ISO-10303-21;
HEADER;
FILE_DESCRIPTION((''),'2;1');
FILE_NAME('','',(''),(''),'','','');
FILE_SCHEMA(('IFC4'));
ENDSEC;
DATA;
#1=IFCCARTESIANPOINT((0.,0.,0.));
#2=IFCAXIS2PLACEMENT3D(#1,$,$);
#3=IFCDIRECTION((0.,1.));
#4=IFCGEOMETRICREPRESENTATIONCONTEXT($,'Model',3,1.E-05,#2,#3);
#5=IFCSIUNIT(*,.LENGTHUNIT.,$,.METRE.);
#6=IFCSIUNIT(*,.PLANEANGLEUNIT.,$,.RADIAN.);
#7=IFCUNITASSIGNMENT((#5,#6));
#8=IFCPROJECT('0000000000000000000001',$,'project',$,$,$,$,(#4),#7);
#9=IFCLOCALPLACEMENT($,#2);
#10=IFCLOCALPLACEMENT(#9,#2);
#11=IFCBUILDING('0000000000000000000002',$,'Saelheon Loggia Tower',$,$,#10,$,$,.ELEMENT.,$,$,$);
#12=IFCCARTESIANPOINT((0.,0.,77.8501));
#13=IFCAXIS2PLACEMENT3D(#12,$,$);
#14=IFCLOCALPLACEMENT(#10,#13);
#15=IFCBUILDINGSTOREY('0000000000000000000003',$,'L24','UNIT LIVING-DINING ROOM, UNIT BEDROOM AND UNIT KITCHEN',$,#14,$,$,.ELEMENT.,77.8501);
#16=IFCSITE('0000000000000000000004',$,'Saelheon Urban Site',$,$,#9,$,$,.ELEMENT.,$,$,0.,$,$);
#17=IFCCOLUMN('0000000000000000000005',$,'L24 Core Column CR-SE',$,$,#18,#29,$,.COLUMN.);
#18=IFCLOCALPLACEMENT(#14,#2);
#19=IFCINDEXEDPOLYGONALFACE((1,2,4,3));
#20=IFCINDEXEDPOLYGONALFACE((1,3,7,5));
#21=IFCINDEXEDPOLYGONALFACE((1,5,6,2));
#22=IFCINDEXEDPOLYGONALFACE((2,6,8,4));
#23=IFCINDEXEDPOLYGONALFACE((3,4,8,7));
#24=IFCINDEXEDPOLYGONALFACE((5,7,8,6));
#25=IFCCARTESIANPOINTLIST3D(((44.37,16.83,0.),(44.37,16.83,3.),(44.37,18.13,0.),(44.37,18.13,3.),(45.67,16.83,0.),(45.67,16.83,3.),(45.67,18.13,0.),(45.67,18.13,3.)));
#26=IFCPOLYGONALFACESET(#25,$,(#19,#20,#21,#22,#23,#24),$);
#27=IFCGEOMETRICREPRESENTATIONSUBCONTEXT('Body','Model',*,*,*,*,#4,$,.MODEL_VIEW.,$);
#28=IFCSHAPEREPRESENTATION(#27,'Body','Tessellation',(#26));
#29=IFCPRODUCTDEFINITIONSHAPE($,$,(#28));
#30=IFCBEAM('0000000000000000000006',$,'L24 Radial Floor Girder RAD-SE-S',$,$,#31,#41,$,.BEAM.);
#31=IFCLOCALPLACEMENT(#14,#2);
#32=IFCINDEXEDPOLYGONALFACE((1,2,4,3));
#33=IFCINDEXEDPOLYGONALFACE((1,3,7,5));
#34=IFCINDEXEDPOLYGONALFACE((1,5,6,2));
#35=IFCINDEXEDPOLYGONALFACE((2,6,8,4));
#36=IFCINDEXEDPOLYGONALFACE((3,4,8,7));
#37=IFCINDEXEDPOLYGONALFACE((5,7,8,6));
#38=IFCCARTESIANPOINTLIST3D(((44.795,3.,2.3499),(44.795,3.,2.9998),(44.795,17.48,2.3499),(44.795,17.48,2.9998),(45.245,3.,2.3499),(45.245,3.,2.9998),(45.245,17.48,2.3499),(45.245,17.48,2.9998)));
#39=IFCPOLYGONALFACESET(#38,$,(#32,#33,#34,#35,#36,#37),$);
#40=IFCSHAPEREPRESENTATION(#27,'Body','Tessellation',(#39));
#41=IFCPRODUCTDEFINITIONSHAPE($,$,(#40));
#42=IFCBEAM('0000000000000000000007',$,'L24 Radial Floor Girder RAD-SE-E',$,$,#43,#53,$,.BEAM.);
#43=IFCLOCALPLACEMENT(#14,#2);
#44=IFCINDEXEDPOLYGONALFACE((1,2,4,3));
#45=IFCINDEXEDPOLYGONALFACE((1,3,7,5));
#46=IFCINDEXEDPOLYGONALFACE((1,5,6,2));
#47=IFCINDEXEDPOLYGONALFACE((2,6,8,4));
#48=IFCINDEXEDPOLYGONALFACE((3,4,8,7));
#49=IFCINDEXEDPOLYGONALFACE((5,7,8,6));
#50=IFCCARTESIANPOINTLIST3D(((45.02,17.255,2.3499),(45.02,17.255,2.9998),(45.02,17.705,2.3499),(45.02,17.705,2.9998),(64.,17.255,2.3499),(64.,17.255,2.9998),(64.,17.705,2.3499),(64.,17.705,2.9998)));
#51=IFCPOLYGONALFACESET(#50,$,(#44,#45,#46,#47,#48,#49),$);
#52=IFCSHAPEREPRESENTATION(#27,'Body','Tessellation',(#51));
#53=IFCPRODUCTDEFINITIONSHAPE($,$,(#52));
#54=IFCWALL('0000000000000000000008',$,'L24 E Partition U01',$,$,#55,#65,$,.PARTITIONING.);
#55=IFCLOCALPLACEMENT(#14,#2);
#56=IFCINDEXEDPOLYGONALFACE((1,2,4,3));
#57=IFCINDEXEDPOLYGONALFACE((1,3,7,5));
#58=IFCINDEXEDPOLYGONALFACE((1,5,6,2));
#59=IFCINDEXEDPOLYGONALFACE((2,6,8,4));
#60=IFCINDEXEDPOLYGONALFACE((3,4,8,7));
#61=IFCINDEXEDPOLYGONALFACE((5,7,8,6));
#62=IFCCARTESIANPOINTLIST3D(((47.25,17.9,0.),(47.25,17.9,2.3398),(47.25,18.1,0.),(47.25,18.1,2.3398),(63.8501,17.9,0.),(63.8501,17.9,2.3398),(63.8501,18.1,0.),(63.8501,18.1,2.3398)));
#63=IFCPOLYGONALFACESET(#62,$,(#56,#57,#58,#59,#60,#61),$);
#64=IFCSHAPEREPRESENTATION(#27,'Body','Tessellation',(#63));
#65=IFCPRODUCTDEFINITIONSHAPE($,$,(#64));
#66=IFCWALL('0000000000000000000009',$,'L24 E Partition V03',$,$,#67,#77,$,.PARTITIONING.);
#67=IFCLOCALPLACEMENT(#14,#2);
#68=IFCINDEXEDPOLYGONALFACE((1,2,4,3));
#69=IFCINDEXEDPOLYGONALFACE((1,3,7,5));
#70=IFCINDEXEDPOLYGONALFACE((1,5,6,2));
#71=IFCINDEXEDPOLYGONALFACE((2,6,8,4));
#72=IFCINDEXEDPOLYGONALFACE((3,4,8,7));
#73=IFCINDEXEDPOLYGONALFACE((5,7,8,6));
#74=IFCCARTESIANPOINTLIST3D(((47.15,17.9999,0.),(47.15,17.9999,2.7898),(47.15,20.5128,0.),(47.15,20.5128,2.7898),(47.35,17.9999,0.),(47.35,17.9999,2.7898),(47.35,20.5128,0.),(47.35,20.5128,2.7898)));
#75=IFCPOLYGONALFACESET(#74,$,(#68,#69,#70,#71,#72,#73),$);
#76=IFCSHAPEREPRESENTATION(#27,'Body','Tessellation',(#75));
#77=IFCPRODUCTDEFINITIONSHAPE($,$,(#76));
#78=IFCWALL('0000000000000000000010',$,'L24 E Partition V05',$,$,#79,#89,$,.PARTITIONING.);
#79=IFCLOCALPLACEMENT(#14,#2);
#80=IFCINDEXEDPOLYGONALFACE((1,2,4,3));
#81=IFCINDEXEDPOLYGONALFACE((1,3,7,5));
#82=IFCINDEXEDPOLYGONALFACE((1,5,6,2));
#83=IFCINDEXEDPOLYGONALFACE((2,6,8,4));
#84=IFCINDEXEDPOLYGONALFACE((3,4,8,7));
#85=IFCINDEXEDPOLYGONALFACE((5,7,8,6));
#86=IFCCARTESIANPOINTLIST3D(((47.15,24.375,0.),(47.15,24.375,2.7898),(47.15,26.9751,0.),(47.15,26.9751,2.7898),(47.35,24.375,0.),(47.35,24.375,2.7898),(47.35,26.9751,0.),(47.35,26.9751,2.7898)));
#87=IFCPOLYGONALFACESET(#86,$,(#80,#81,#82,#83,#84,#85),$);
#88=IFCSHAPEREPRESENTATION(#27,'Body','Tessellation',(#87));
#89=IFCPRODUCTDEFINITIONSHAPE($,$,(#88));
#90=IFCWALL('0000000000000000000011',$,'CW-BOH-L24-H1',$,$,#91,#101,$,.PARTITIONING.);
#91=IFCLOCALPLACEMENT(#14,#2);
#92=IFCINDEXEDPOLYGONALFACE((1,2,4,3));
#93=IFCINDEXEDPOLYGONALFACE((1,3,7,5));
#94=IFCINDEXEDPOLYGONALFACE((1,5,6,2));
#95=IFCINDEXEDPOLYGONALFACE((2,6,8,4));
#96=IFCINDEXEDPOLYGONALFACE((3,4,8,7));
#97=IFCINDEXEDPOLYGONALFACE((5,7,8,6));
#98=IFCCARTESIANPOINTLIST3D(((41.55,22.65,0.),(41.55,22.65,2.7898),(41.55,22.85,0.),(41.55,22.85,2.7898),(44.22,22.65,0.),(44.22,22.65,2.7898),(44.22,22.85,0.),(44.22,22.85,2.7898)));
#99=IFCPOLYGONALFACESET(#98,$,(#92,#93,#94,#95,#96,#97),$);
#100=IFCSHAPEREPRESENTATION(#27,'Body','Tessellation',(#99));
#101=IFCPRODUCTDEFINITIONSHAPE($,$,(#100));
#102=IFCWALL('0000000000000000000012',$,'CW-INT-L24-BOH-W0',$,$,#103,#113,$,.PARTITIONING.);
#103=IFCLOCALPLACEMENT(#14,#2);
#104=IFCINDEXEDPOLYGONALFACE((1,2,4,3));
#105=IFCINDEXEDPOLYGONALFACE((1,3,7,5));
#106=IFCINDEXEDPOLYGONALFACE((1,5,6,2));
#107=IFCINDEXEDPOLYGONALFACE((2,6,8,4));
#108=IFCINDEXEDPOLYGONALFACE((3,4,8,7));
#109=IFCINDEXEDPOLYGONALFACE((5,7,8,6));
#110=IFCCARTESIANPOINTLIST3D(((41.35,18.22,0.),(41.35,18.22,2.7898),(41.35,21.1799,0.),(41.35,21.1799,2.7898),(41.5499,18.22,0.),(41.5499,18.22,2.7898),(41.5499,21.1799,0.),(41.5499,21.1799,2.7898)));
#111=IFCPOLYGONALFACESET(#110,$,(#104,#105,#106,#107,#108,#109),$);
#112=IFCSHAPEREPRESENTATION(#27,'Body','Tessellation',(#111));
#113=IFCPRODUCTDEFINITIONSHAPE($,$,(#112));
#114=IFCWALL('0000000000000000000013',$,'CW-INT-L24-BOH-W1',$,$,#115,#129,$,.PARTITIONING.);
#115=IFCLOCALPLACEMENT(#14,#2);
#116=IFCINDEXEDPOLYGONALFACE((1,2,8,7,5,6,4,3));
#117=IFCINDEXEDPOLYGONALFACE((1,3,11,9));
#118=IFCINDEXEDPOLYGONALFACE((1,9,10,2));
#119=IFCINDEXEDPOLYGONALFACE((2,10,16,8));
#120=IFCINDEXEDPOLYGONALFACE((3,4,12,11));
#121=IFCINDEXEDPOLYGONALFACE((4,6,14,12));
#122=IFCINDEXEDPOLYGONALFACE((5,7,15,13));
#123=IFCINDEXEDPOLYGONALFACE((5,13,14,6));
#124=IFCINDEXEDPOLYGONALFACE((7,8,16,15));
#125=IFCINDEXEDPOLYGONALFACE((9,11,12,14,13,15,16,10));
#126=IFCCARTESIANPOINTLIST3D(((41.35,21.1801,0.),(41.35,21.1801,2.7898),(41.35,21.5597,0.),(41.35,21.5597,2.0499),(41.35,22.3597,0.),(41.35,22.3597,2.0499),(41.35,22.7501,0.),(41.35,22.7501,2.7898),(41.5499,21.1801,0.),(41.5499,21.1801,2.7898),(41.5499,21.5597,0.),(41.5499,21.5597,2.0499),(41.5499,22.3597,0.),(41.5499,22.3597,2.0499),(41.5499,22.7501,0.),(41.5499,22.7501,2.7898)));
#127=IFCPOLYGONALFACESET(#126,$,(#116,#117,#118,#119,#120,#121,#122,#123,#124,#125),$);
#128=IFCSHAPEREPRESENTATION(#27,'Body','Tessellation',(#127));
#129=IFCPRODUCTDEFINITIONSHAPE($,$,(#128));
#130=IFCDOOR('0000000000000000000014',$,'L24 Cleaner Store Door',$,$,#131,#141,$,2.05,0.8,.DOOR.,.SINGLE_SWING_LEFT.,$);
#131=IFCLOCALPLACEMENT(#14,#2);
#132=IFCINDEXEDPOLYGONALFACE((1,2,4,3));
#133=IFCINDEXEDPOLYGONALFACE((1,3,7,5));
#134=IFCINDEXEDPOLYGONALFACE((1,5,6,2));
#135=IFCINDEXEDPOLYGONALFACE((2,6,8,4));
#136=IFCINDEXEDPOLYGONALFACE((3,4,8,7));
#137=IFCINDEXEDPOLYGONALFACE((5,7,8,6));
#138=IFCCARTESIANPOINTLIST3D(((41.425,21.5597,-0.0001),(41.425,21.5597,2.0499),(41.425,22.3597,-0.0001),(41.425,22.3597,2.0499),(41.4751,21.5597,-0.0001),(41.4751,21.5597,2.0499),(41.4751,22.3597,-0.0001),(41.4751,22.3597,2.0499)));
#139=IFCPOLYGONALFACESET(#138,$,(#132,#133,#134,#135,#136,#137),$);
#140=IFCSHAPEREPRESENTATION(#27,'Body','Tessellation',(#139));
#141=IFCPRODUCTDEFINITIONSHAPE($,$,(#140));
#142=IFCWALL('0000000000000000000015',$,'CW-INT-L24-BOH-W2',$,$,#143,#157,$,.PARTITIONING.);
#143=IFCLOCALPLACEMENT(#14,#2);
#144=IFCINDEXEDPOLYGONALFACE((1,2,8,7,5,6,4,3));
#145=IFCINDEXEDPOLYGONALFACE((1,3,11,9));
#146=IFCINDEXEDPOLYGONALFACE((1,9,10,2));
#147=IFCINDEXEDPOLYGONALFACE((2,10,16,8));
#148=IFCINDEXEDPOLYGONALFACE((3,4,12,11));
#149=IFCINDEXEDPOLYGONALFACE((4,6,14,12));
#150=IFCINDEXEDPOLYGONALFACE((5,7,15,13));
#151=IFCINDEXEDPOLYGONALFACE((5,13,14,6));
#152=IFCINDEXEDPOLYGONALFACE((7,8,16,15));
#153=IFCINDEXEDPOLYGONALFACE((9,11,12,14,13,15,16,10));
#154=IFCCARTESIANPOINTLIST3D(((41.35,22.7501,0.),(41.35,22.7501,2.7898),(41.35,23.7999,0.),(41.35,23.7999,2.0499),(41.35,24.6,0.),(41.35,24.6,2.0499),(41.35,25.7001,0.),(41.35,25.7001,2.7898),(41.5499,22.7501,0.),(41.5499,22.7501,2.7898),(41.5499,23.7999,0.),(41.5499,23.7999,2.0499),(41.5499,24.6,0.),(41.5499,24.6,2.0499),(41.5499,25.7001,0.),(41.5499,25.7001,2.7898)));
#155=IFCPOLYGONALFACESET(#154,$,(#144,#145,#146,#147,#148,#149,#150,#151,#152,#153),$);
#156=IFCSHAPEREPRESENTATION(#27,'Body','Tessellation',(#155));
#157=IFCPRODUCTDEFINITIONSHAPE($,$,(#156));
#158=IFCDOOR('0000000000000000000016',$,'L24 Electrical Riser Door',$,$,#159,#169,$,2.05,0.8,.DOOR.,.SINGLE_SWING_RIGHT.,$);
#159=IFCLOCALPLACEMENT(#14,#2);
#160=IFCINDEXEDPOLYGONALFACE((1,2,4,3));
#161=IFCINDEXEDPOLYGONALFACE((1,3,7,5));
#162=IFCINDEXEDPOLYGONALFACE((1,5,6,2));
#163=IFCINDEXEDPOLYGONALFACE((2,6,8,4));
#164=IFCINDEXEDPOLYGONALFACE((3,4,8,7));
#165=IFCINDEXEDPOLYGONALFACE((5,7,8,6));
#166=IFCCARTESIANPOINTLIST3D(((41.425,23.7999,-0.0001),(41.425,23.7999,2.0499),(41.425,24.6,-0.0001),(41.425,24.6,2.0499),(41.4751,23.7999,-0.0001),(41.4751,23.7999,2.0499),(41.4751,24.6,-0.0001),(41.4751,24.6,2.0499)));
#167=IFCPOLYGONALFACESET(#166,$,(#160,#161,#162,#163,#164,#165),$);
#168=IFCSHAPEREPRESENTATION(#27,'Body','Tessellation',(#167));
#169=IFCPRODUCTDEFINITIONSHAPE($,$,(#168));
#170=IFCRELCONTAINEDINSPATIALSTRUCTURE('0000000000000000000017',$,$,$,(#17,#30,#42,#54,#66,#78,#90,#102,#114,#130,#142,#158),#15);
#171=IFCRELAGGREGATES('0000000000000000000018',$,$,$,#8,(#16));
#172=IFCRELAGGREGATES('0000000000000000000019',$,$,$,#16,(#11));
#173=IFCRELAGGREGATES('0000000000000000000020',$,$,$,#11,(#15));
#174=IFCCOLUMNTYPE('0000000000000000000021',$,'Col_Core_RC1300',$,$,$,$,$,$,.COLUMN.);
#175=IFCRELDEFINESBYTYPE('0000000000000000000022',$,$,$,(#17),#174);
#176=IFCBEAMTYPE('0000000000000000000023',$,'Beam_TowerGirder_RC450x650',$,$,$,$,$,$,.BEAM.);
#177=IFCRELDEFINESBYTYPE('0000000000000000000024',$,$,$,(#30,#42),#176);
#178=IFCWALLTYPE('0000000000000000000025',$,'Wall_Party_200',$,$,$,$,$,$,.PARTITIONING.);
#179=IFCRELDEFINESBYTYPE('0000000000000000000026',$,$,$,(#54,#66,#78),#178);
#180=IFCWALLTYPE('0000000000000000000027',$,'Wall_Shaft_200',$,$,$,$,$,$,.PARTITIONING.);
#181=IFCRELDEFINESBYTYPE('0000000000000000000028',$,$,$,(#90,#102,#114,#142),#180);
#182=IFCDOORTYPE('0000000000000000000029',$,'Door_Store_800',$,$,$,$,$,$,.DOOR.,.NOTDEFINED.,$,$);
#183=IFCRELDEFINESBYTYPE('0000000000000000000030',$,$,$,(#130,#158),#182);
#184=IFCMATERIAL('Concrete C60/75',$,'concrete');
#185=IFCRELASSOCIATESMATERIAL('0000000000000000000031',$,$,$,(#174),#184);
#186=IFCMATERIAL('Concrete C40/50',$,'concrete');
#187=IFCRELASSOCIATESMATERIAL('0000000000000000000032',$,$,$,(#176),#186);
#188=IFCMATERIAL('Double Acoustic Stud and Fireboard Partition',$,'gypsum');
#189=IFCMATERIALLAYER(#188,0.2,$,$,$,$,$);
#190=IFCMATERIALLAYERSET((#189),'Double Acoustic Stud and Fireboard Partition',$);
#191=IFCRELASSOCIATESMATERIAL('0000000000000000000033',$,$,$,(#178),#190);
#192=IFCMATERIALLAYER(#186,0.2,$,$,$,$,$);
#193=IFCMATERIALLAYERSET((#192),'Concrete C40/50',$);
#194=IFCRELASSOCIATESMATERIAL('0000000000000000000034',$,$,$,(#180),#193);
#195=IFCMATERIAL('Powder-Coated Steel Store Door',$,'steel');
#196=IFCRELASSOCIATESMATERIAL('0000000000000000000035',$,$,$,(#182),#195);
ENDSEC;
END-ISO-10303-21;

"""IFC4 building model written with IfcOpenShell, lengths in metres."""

from ifc_helpers import new_model, si_unit, direction, frame, frame_2d, origin, origin_2d, place, context, subcontext, project, spatial, rectangle, extrude, source, transform, mapped, material, layer, layer_set, material_profile, profile_set, type_object, element, fill, save


model = new_model("IFC4")

# Units and contexts
model_context = context("Model", 3, precision=1e-05, world=origin(), true_north=direction((0.0, 1.0)))
body_context = subcontext(model_context, "Body", "Model", "MODEL_VIEW")
ifc_project = project(units=[si_unit("LENGTHUNIT", "METRE"), si_unit("PLANEANGLEUNIT", "RADIAN")], contexts=[model_context])

# Site, building, storey
site_placement = place(None, origin())
site = spatial("IfcSite", under=ifc_project, at=site_placement, Name="Saelheon Urban Site", CompositionType="ELEMENT", RefElevation=0.0)
building_placement = place(site_placement, origin())
building = spatial("IfcBuilding", under=site, at=building_placement, Name="Saelheon Loggia Tower", CompositionType="ELEMENT")
storey_placement = place(building_placement, frame((0.0, 0.0, 77.8501)))
storey = spatial("IfcBuildingStorey", under=building, at=storey_placement, Name="L24", Description="UNIT LIVING-DINING ROOM, UNIT BEDROOM AND UNIT KITCHEN", CompositionType="ELEMENT", Elevation=77.8501)

# Column
ifc_material_1 = material(Name="Concrete C60/75", Category="concrete")
ifc_material_profile_1 = material_profile(ifc_material_1, rectangle(XDim=1.3, YDim=1.3, at=origin_2d()), Name="RC-1300x1300")
ifc_profile_set_1 = profile_set([ifc_material_profile_1], Name="Concrete C60/75")
column_type = type_object("IfcColumnType", Name="Col_Core_RC1300", PredefinedType="COLUMN", material=ifc_profile_set_1)
shared_shape_1 = source(origin(), body_context, "Body", "SweptSolid", [
    extrude(rectangle(XDim=1.3, YDim=1.3, at=origin_2d()), origin(), (0.0, 0.0, 1.0), 3.0),
])
column_placement = place(storey_placement, frame((45.02, 17.48, 0.0), z_axis=(0.0, 0.0, 1.0), x_axis=(1.0, 0.0, 0.0)))
element("IfcColumn", 1, at=column_placement, inside=storey, type_object=column_type, Name="L24 Core Column CR-SE", PredefinedType="COLUMN", context=body_context, shape_type="MappedRepresentation", body=[
    mapped(shared_shape_1, transform((0.0, 0.0, 0.0), scale=1.0)),
])

# Beams
ifc_material_2 = material(Name="Concrete C40/50", Category="concrete")
ifc_material_profile_2 = material_profile(ifc_material_2, rectangle(XDim=0.45, YDim=0.6499, at=origin_2d()), Name="RC-450x650")
ifc_profile_set_2 = profile_set([ifc_material_profile_2], Name="Concrete C40/50")
beam_type = type_object("IfcBeamType", Name="Beam_TowerGirder_RC450x650", PredefinedType="BEAM", material=ifc_profile_set_2)
shared_shape_2 = source(origin(), body_context, "Body", "SweptSolid", [
    extrude(rectangle(XDim=0.45, YDim=0.6499, at=origin_2d()), origin(), (0.0, 0.0, 1.0), 14.48),
])
beam_1_placement = place(storey_placement, frame((45.02, 17.48, 2.6748), z_axis=(0.0, -1.0, 0.0), x_axis=(1.0, 0.0, 0.0)))
element("IfcBeam", 2, at=beam_1_placement, inside=storey, type_object=beam_type, Name="L24 Radial Floor Girder RAD-SE-S", PredefinedType="BEAM", context=body_context, shape_type="MappedRepresentation", body=[
    mapped(shared_shape_2, transform((0.0, 0.0, 0.0), scale=1.0)),
])
shared_shape_3 = source(origin(), body_context, "Body", "SweptSolid", [
    extrude(rectangle(XDim=0.45, YDim=0.6499, at=origin_2d()), origin(), (0.0, 0.0, 1.0), 18.98),
])
beam_2_placement = place(storey_placement, frame((45.02, 17.48, 2.6748), z_axis=(1.0, 0.0, 0.0), x_axis=(0.0, 1.0, 0.0)))
element("IfcBeam", 3, at=beam_2_placement, inside=storey, type_object=beam_type, Name="L24 Radial Floor Girder RAD-SE-E", PredefinedType="BEAM", context=body_context, shape_type="MappedRepresentation", body=[
    mapped(shared_shape_3, transform((0.0, 0.0, 0.0), scale=1.0)),
])

# Walls
ifc_material_3 = material(Name="Double Acoustic Stud and Fireboard Partition", Category="gypsum")
ifc_layer_1 = layer(ifc_material_3, 0.2)
ifc_layer_set_1 = layer_set([ifc_layer_1], Name="Double Acoustic Stud and Fireboard Partition")
wall_type_1 = type_object("IfcWallType", Name="Wall_Party_200", PredefinedType="PARTITIONING", material=ifc_layer_set_1)
wall_1_placement = place(storey_placement, frame((47.25, 18.0, 0.0), z_axis=(0.0, 0.0, 1.0), x_axis=(1.0, 0.0, 0.0)))
element("IfcWall", 4, at=wall_1_placement, inside=storey, type_object=wall_type_1, Name="L24 E Partition U01", PredefinedType="PARTITIONING", context=body_context, shape_type="SweptSolid", body=[
    extrude(rectangle(XDim=16.6001, YDim=0.2, at=frame_2d((8.3, 0.0))), origin(), (0.0, 0.0, 1.0), 2.3398),
])
wall_2_placement = place(storey_placement, frame((47.25, 18.0, 0.0), z_axis=(0.0, 0.0, 1.0), x_axis=(0.0, 1.0, 0.0)))
element("IfcWall", 5, at=wall_2_placement, inside=storey, type_object=wall_type_1, Name="L24 E Partition V03", PredefinedType="PARTITIONING", context=body_context, shape_type="SweptSolid", body=[
    extrude(rectangle(XDim=2.5129, YDim=0.2, at=frame_2d((1.2563, 0.0))), origin(), (0.0, 0.0, 1.0), 2.7898),
])

# Walls
wall_3_placement = place(storey_placement, frame((47.25, 24.375, 0.0), z_axis=(0.0, 0.0, 1.0), x_axis=(0.0, 1.0, 0.0)))
element("IfcWall", 6, at=wall_3_placement, inside=storey, type_object=wall_type_1, Name="L24 E Partition V05", PredefinedType="PARTITIONING", context=body_context, shape_type="SweptSolid", body=[
    extrude(rectangle(XDim=2.6001, YDim=0.2, at=frame_2d((1.3, 0.0))), origin(), (0.0, 0.0, 1.0), 2.7898),
])
ifc_layer_2 = layer(ifc_material_2, 0.2)
ifc_layer_set_2 = layer_set([ifc_layer_2], Name="Concrete C40/50")
wall_type_2 = type_object("IfcWallType", Name="Wall_Shaft_200", PredefinedType="PARTITIONING", material=ifc_layer_set_2)
wall_4_placement = place(storey_placement, frame((41.55, 22.75, 0.0), z_axis=(0.0, 0.0, 1.0), x_axis=(1.0, 0.0, 0.0)))
element("IfcWall", 7, at=wall_4_placement, inside=storey, type_object=wall_type_2, Name="CW-BOH-L24-H1", PredefinedType="PARTITIONING", context=body_context, shape_type="SweptSolid", body=[
    extrude(rectangle(XDim=2.6699, YDim=0.2, at=frame_2d((1.335, 0.0))), origin(), (0.0, 0.0, 1.0), 2.7898),
])
wall_5_placement = place(storey_placement, frame((41.45, 18.22, 0.0), z_axis=(0.0, 0.0, 1.0), x_axis=(0.0, 1.0, 0.0)))
element("IfcWall", 8, at=wall_5_placement, inside=storey, type_object=wall_type_2, Name="CW-INT-L24-BOH-W0", PredefinedType="PARTITIONING", context=body_context, shape_type="SweptSolid", body=[
    extrude(rectangle(XDim=2.96, YDim=0.2, at=frame_2d((1.48, 0.0))), origin(), (0.0, 0.0, 1.0), 2.7898),
])

# Walls, openings, doors
wall_6_placement = place(storey_placement, frame((41.45, 21.1799, 0.0), z_axis=(0.0, 0.0, 1.0), x_axis=(0.0, 1.0, 0.0)))
wall_6 = element("IfcWall", 9, at=wall_6_placement, inside=storey, type_object=wall_type_2, Name="CW-INT-L24-BOH-W1", PredefinedType="PARTITIONING", context=body_context, shape_type="SweptSolid", body=[
    extrude(rectangle(XDim=1.5701, YDim=0.2, at=frame_2d((0.7852, 0.0))), origin(), (0.0, 0.0, 1.0), 2.7898),
])
opening_1_placement = place(wall_6_placement, frame((0.3799, 0.0, 0.0)))
opening_1 = element("IfcOpeningElement", 10, at=opening_1_placement, cuts=wall_6, PredefinedType="OPENING", context=body_context, shape_type="SweptSolid", body=[
    extrude(rectangle(XDim=0.8, YDim=2.05, at=frame_2d((0.3999, 1.0249))), frame((0.0, 0.1121, 0.0), z_axis=(0.0, -1.0, 0.0), x_axis=(1.0, 0.0, 0.0)), (0.0, 0.0, 1.0), 0.2239),
])
ifc_material_4 = material(Name="Powder-Coated Steel Store Door", Category="steel")
door_type_1 = type_object("IfcDoorType", Name="Door_Store_800", OperationType="NOTDEFINED", PredefinedType="DOOR", material=ifc_material_4)
shared_shape_4 = source(origin(), body_context, "Body", "SweptSolid", [
    extrude(rectangle(XDim=0.8, YDim=2.05, at=frame_2d((0.3999, 1.0249))), frame((0.0, 0.0249, 0.0), z_axis=(0.0, -1.0, 0.0), x_axis=(1.0, 0.0, 0.0)), (0.0, 0.0, 1.0), 0.05),
])
door_1_placement = place(opening_1_placement, origin())
door_1 = element("IfcDoor", 11, at=door_1_placement, inside=storey, type_object=door_type_1, Name="L24 Cleaner Store Door", OperationType="SINGLE_SWING_LEFT", OverallHeight=2.05, OverallWidth=0.8, PredefinedType="DOOR", context=body_context, shape_type="MappedRepresentation", body=[
    mapped(shared_shape_4, transform((0.0, 0.0, 0.0), scale=1.0)),
])
fill(opening_1, door_1)
wall_7_placement = place(storey_placement, frame((41.45, 22.75, 0.0), z_axis=(0.0, 0.0, 1.0), x_axis=(0.0, 1.0, 0.0)))
wall_7 = element("IfcWall", 12, at=wall_7_placement, inside=storey, type_object=wall_type_2, Name="CW-INT-L24-BOH-W2", PredefinedType="PARTITIONING", context=body_context, shape_type="SweptSolid", body=[
    extrude(rectangle(XDim=2.95, YDim=0.2, at=frame_2d((1.4751, 0.0))), origin(), (0.0, 0.0, 1.0), 2.7898),
])
opening_2_placement = place(wall_7_placement, frame((1.05, 0.0, 0.0)))
opening_2 = element("IfcOpeningElement", 13, at=opening_2_placement, cuts=wall_7, PredefinedType="OPENING", context=body_context, shape_type="SweptSolid", body=[
    extrude(rectangle(XDim=0.8, YDim=2.05, at=frame_2d((0.3999, 1.0249))), frame((0.0, 0.1121, 0.0), z_axis=(0.0, -1.0, 0.0), x_axis=(1.0, 0.0, 0.0)), (0.0, 0.0, 1.0), 0.2239),
])
door_2_placement = place(opening_2_placement, origin())
door_2 = element("IfcDoor", 14, at=door_2_placement, inside=storey, type_object=door_type_1, Name="L24 Electrical Riser Door", OperationType="SINGLE_SWING_RIGHT", OverallHeight=2.05, OverallWidth=0.8, PredefinedType="DOOR", context=body_context, shape_type="MappedRepresentation", body=[
    mapped(shared_shape_4, transform((0.0, 0.0, 0.0), scale=1.0)),
])
fill(opening_2, door_2)

save(model, "model.ifc")
